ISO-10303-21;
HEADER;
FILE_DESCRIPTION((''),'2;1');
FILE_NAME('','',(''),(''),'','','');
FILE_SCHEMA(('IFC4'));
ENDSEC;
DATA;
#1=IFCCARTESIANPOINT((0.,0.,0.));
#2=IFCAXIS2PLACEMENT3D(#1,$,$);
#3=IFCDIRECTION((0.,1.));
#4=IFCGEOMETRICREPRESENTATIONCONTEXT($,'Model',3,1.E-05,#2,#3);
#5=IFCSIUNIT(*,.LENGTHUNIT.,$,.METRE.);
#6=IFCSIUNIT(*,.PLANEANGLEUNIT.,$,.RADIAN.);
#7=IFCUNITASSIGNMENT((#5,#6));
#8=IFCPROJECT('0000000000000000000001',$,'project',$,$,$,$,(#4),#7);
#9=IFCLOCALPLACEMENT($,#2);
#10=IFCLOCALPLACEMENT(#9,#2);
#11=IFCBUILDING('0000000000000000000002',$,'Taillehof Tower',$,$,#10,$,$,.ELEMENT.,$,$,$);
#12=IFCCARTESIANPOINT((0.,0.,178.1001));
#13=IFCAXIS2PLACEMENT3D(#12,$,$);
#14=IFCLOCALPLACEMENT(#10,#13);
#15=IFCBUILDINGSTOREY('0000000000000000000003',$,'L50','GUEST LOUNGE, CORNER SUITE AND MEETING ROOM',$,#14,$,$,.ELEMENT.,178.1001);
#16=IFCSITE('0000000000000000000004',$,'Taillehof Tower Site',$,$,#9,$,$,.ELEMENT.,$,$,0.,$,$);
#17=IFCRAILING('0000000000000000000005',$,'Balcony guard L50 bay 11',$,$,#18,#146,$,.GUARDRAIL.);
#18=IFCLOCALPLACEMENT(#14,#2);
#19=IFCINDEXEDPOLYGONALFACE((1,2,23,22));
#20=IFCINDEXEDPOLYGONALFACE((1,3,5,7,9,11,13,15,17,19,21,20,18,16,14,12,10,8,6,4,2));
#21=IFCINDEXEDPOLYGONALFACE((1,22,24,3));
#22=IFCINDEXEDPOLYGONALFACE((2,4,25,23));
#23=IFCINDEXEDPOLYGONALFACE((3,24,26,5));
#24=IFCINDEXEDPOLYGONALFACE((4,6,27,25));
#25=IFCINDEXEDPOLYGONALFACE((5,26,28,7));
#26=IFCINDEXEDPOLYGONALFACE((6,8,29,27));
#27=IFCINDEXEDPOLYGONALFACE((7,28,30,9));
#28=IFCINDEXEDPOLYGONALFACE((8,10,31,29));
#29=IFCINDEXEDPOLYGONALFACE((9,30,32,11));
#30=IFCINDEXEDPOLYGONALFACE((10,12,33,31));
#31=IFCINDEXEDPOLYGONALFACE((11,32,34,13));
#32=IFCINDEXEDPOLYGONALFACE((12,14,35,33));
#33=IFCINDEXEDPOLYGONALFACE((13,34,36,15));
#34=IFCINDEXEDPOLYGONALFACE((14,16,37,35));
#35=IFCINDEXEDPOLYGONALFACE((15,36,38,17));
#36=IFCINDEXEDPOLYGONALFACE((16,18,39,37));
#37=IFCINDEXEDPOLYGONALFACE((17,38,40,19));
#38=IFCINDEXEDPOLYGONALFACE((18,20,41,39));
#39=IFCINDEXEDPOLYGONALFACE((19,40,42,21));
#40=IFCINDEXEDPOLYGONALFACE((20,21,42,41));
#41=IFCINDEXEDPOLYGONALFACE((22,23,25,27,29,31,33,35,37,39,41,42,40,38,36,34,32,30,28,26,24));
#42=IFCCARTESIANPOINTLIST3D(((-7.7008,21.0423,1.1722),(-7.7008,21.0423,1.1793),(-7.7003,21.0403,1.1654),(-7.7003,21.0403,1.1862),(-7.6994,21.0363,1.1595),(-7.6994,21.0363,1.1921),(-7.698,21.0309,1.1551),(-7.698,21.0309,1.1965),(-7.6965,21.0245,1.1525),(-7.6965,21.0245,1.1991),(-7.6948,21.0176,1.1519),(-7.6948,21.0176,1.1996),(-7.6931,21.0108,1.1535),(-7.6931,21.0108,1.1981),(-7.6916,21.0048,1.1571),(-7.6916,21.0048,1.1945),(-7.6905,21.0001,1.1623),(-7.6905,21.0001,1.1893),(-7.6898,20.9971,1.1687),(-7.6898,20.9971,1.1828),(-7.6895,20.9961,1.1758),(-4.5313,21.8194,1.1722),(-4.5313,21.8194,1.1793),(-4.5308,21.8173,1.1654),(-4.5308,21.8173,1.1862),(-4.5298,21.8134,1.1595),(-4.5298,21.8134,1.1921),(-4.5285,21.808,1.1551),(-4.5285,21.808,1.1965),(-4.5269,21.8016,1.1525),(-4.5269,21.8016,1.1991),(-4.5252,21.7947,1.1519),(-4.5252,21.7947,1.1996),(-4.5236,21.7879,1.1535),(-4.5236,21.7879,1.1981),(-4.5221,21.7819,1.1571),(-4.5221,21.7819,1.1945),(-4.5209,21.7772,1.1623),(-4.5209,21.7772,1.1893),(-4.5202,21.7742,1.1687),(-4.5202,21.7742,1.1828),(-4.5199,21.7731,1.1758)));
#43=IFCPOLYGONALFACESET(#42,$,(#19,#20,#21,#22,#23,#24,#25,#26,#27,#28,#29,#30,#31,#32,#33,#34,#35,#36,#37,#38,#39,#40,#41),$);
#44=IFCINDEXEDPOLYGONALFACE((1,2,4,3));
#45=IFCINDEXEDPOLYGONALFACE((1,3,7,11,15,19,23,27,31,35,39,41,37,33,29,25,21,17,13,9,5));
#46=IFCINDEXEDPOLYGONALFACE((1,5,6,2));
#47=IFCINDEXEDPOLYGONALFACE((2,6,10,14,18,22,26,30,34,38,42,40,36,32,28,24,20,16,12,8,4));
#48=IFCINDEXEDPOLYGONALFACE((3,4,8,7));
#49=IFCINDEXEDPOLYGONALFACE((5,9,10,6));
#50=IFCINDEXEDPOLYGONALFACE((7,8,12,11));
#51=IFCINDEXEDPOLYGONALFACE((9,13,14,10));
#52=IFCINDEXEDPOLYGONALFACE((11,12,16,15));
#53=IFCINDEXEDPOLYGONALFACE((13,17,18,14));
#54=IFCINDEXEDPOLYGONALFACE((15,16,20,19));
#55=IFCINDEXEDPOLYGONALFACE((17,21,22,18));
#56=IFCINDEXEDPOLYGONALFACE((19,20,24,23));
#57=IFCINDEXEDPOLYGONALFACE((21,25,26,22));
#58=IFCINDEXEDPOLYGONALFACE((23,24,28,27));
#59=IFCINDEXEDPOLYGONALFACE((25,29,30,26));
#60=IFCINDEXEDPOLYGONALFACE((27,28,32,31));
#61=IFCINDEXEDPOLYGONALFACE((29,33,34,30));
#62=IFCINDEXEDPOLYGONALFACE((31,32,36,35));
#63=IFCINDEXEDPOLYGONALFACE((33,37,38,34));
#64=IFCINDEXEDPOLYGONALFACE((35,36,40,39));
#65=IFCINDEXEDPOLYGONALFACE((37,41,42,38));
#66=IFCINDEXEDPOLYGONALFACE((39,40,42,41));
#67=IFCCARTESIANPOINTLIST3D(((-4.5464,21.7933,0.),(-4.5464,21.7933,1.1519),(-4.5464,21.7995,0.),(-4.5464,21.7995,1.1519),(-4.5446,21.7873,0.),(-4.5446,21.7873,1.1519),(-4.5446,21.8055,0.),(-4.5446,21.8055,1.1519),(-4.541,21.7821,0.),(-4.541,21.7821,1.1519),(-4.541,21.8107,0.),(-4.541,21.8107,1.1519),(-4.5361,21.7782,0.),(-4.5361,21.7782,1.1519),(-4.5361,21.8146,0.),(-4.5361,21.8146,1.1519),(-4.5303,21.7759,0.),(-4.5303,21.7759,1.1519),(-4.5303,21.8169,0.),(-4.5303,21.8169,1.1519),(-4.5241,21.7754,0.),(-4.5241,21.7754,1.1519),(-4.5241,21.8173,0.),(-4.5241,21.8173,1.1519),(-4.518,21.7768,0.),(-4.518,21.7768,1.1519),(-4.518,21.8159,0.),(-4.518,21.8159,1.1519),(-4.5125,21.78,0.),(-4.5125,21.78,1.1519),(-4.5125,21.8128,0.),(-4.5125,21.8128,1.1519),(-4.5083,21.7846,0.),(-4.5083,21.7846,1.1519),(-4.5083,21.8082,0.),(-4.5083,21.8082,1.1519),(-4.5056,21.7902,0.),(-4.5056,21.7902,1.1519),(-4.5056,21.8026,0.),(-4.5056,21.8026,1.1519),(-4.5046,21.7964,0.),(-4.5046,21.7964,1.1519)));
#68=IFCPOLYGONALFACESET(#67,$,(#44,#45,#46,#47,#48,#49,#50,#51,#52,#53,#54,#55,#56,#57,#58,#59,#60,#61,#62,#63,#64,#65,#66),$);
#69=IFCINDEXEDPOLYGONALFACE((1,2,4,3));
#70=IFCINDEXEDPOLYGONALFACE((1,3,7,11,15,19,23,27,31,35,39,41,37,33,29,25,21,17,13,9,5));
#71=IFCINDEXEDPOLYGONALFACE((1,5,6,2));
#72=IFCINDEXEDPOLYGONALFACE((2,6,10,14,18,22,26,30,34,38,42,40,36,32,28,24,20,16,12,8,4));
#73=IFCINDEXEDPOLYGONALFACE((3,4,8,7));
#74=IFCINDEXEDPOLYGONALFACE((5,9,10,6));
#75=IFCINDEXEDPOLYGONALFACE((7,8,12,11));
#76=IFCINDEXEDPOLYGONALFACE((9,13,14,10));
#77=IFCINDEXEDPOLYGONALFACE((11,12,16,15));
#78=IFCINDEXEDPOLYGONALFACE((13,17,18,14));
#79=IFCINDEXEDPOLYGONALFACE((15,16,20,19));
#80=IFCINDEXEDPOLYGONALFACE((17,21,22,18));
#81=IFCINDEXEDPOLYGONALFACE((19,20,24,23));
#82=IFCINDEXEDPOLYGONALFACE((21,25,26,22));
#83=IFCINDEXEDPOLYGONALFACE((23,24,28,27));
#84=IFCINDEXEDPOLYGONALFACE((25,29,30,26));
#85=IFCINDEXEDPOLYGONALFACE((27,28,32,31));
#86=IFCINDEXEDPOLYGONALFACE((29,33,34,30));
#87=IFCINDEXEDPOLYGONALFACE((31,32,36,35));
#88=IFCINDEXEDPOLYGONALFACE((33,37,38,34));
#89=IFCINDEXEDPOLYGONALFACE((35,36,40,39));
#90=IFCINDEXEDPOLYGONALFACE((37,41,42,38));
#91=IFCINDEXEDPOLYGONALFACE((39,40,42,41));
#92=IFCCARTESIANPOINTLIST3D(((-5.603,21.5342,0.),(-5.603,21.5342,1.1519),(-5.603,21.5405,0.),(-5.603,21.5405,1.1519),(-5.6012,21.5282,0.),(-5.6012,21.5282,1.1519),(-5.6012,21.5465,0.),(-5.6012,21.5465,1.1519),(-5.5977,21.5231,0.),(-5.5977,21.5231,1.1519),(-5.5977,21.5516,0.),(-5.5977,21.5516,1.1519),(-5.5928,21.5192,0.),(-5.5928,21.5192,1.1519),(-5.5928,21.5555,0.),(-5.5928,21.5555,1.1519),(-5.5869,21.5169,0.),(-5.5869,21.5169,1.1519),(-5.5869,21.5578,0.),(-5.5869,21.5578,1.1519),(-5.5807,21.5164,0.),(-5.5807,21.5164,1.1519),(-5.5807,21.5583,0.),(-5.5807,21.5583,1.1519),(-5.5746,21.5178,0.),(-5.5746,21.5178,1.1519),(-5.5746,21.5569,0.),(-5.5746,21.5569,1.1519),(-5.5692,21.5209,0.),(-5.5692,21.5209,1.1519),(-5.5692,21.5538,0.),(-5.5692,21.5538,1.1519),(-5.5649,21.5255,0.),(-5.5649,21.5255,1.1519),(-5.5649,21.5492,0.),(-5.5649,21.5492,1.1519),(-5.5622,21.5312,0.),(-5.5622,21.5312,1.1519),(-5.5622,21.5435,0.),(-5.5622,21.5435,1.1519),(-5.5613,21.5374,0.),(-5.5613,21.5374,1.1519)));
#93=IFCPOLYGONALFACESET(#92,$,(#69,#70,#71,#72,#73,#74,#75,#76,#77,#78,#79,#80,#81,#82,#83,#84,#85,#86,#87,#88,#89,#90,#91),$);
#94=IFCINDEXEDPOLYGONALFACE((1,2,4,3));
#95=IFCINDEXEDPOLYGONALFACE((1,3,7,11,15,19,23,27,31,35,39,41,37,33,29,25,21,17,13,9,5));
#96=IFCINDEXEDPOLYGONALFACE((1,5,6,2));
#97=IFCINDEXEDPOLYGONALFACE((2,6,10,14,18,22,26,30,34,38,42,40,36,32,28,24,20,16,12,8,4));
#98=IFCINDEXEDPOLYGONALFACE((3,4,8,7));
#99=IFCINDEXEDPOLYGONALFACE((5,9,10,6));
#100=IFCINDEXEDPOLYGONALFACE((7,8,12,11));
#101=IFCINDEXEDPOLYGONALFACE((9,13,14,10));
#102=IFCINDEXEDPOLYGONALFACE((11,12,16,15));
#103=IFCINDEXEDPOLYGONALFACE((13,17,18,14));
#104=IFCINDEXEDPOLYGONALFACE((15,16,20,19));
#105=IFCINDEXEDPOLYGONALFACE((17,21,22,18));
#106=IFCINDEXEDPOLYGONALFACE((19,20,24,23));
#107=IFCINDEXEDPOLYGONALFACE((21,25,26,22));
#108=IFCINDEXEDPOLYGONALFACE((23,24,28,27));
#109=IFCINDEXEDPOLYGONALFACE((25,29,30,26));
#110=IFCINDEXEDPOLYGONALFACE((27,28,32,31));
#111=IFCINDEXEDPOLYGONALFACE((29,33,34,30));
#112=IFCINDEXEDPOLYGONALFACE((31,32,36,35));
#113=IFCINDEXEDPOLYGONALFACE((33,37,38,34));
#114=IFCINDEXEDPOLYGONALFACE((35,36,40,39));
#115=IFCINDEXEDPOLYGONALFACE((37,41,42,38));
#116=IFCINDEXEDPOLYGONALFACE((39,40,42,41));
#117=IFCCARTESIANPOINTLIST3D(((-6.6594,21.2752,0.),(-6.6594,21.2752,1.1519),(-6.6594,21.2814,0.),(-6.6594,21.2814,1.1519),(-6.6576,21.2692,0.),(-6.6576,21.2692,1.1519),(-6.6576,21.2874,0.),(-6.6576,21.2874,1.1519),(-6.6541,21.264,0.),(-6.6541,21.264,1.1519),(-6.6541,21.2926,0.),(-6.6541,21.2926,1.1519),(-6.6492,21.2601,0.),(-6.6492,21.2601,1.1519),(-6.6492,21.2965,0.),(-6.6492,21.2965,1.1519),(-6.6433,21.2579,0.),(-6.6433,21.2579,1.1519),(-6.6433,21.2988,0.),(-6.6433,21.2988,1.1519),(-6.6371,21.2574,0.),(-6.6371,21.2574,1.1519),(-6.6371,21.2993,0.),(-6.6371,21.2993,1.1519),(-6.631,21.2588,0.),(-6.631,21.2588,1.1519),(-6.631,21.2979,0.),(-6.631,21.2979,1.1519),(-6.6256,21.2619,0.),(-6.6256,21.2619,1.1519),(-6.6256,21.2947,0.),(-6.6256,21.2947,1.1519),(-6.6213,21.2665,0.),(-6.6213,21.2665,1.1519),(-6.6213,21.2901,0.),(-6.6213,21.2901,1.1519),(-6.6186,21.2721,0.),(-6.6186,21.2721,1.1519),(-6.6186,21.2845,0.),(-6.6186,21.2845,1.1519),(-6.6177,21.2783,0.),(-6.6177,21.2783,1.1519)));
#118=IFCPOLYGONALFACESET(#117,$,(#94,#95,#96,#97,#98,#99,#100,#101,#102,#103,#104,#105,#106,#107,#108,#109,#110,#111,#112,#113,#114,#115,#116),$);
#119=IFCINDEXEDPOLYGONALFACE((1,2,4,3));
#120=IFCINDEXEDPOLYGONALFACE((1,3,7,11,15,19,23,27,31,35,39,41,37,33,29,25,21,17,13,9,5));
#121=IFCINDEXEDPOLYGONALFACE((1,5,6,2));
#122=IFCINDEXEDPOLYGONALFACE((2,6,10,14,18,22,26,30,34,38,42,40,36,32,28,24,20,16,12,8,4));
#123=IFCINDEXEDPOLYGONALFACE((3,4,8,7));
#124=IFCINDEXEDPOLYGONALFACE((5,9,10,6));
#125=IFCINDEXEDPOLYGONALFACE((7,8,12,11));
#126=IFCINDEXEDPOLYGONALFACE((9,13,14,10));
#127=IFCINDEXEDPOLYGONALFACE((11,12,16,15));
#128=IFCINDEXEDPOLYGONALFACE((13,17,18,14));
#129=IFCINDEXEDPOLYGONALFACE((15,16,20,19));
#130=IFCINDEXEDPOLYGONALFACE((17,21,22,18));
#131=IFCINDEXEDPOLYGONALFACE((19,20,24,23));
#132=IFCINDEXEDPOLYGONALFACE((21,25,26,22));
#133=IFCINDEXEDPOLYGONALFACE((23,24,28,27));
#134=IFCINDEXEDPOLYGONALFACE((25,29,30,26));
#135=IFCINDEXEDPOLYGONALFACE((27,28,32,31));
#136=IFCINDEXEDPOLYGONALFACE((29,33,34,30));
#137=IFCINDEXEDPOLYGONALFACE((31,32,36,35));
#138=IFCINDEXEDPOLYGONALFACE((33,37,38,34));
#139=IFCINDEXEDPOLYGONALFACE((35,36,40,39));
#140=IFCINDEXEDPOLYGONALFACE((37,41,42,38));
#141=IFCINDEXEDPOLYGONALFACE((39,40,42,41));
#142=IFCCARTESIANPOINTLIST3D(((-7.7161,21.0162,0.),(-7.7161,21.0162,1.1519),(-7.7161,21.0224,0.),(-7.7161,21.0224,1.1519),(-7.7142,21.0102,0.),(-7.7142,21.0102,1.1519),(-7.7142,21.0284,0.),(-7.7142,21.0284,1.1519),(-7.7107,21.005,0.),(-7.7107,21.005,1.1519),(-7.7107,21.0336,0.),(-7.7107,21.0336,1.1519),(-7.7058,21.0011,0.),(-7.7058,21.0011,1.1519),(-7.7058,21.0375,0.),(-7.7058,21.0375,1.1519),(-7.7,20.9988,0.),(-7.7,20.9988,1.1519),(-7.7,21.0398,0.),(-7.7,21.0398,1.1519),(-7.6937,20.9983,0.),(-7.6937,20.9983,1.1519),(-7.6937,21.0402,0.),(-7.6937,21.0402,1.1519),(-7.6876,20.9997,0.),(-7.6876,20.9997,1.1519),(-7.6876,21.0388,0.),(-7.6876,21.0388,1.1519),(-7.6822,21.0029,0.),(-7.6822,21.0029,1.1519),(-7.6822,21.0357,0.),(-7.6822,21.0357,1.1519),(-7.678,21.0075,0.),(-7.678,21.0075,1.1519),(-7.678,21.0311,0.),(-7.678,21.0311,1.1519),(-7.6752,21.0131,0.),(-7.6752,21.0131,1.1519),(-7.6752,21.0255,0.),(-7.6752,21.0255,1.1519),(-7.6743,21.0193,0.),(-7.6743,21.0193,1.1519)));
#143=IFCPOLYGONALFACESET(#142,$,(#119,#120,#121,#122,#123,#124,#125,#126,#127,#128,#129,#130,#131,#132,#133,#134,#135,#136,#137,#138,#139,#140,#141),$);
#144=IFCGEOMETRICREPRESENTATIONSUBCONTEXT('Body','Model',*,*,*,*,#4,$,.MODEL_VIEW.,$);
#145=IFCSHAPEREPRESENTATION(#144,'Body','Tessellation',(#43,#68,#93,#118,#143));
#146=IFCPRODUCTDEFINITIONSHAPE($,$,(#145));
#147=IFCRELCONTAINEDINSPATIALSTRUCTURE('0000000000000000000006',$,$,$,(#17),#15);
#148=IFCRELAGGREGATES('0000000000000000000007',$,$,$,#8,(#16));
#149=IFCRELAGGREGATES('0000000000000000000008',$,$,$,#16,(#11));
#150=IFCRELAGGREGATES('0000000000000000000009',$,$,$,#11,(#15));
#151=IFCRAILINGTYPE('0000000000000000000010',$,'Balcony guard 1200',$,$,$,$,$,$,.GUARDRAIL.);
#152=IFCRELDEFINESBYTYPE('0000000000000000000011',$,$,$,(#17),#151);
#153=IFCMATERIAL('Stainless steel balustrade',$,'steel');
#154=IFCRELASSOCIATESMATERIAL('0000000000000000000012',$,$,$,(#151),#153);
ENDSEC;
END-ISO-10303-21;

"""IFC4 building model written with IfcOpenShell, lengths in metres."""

from ifc_helpers import new_model, si_unit, direction, frame, origin, origin_2d, place, context, subcontext, project, spatial, circle, extrude, material, type_object, element, save


model = new_model("IFC4")

# Units and contexts
model_context = context("Model", 3, precision=1e-05, world=origin(), true_north=direction((0.0, 1.0)))
body_context = subcontext(model_context, "Body", "Model", "MODEL_VIEW")
ifc_project = project(units=[si_unit("LENGTHUNIT", "METRE"), si_unit("PLANEANGLEUNIT", "RADIAN")], contexts=[model_context])

# Site, building, storey
site_placement = place(None, origin())
site = spatial("IfcSite", under=ifc_project, at=site_placement, Name="Taillehof Tower Site", CompositionType="ELEMENT", RefElevation=0.0)
building_placement = place(site_placement, origin())
building = spatial("IfcBuilding", under=site, at=building_placement, Name="Taillehof Tower", CompositionType="ELEMENT")
storey_placement = place(building_placement, frame((0.0, 0.0, 178.1001)))
storey = spatial("IfcBuildingStorey", under=building, at=storey_placement, Name="L50", Description="GUEST LOUNGE, CORNER SUITE AND MEETING ROOM", CompositionType="ELEMENT", Elevation=178.1001)

# Railing
ifc_material_1 = material(Name="Stainless steel balustrade", Category="steel")
railing_type = type_object("IfcRailingType", Name="Balcony guard 1200", PredefinedType="GUARDRAIL", material=ifc_material_1)
railing_placement = place(storey_placement, frame((-4.5256, 21.7964, 0.0)))
element("IfcRailing", 1, at=railing_placement, inside=storey, type_object=railing_type, Name="Balcony guard L50 bay 11", PredefinedType="GUARDRAIL", context=body_context, shape_type="SweptSolid", body=[
    extrude(circle(Radius=0.0239, at=origin_2d()), frame((0.0, 0.0, 1.1758), z_axis=(-0.971237, -0.238115, 0.0), x_axis=(0.238115, -0.971237, 0.0)), (0.0, 0.0, 1.0), 3.2634),
    extrude(circle(Radius=0.021, at=origin_2d()), origin(), (0.0, 0.0, 1.0), 1.1519),
    extrude(circle(Radius=0.021, at=origin_2d()), frame((-1.0566, -0.259, 0.0)), (0.0, 0.0, 1.0), 1.1519),
    extrude(circle(Radius=0.021, at=origin_2d()), frame((-2.113, -0.5181, 0.0)), (0.0, 0.0, 1.0), 1.1519),
    extrude(circle(Radius=0.021, at=origin_2d()), frame((-3.1697, -0.7771, 0.0)), (0.0, 0.0, 1.0), 1.1519),
])

save(model, "model.ifc")
